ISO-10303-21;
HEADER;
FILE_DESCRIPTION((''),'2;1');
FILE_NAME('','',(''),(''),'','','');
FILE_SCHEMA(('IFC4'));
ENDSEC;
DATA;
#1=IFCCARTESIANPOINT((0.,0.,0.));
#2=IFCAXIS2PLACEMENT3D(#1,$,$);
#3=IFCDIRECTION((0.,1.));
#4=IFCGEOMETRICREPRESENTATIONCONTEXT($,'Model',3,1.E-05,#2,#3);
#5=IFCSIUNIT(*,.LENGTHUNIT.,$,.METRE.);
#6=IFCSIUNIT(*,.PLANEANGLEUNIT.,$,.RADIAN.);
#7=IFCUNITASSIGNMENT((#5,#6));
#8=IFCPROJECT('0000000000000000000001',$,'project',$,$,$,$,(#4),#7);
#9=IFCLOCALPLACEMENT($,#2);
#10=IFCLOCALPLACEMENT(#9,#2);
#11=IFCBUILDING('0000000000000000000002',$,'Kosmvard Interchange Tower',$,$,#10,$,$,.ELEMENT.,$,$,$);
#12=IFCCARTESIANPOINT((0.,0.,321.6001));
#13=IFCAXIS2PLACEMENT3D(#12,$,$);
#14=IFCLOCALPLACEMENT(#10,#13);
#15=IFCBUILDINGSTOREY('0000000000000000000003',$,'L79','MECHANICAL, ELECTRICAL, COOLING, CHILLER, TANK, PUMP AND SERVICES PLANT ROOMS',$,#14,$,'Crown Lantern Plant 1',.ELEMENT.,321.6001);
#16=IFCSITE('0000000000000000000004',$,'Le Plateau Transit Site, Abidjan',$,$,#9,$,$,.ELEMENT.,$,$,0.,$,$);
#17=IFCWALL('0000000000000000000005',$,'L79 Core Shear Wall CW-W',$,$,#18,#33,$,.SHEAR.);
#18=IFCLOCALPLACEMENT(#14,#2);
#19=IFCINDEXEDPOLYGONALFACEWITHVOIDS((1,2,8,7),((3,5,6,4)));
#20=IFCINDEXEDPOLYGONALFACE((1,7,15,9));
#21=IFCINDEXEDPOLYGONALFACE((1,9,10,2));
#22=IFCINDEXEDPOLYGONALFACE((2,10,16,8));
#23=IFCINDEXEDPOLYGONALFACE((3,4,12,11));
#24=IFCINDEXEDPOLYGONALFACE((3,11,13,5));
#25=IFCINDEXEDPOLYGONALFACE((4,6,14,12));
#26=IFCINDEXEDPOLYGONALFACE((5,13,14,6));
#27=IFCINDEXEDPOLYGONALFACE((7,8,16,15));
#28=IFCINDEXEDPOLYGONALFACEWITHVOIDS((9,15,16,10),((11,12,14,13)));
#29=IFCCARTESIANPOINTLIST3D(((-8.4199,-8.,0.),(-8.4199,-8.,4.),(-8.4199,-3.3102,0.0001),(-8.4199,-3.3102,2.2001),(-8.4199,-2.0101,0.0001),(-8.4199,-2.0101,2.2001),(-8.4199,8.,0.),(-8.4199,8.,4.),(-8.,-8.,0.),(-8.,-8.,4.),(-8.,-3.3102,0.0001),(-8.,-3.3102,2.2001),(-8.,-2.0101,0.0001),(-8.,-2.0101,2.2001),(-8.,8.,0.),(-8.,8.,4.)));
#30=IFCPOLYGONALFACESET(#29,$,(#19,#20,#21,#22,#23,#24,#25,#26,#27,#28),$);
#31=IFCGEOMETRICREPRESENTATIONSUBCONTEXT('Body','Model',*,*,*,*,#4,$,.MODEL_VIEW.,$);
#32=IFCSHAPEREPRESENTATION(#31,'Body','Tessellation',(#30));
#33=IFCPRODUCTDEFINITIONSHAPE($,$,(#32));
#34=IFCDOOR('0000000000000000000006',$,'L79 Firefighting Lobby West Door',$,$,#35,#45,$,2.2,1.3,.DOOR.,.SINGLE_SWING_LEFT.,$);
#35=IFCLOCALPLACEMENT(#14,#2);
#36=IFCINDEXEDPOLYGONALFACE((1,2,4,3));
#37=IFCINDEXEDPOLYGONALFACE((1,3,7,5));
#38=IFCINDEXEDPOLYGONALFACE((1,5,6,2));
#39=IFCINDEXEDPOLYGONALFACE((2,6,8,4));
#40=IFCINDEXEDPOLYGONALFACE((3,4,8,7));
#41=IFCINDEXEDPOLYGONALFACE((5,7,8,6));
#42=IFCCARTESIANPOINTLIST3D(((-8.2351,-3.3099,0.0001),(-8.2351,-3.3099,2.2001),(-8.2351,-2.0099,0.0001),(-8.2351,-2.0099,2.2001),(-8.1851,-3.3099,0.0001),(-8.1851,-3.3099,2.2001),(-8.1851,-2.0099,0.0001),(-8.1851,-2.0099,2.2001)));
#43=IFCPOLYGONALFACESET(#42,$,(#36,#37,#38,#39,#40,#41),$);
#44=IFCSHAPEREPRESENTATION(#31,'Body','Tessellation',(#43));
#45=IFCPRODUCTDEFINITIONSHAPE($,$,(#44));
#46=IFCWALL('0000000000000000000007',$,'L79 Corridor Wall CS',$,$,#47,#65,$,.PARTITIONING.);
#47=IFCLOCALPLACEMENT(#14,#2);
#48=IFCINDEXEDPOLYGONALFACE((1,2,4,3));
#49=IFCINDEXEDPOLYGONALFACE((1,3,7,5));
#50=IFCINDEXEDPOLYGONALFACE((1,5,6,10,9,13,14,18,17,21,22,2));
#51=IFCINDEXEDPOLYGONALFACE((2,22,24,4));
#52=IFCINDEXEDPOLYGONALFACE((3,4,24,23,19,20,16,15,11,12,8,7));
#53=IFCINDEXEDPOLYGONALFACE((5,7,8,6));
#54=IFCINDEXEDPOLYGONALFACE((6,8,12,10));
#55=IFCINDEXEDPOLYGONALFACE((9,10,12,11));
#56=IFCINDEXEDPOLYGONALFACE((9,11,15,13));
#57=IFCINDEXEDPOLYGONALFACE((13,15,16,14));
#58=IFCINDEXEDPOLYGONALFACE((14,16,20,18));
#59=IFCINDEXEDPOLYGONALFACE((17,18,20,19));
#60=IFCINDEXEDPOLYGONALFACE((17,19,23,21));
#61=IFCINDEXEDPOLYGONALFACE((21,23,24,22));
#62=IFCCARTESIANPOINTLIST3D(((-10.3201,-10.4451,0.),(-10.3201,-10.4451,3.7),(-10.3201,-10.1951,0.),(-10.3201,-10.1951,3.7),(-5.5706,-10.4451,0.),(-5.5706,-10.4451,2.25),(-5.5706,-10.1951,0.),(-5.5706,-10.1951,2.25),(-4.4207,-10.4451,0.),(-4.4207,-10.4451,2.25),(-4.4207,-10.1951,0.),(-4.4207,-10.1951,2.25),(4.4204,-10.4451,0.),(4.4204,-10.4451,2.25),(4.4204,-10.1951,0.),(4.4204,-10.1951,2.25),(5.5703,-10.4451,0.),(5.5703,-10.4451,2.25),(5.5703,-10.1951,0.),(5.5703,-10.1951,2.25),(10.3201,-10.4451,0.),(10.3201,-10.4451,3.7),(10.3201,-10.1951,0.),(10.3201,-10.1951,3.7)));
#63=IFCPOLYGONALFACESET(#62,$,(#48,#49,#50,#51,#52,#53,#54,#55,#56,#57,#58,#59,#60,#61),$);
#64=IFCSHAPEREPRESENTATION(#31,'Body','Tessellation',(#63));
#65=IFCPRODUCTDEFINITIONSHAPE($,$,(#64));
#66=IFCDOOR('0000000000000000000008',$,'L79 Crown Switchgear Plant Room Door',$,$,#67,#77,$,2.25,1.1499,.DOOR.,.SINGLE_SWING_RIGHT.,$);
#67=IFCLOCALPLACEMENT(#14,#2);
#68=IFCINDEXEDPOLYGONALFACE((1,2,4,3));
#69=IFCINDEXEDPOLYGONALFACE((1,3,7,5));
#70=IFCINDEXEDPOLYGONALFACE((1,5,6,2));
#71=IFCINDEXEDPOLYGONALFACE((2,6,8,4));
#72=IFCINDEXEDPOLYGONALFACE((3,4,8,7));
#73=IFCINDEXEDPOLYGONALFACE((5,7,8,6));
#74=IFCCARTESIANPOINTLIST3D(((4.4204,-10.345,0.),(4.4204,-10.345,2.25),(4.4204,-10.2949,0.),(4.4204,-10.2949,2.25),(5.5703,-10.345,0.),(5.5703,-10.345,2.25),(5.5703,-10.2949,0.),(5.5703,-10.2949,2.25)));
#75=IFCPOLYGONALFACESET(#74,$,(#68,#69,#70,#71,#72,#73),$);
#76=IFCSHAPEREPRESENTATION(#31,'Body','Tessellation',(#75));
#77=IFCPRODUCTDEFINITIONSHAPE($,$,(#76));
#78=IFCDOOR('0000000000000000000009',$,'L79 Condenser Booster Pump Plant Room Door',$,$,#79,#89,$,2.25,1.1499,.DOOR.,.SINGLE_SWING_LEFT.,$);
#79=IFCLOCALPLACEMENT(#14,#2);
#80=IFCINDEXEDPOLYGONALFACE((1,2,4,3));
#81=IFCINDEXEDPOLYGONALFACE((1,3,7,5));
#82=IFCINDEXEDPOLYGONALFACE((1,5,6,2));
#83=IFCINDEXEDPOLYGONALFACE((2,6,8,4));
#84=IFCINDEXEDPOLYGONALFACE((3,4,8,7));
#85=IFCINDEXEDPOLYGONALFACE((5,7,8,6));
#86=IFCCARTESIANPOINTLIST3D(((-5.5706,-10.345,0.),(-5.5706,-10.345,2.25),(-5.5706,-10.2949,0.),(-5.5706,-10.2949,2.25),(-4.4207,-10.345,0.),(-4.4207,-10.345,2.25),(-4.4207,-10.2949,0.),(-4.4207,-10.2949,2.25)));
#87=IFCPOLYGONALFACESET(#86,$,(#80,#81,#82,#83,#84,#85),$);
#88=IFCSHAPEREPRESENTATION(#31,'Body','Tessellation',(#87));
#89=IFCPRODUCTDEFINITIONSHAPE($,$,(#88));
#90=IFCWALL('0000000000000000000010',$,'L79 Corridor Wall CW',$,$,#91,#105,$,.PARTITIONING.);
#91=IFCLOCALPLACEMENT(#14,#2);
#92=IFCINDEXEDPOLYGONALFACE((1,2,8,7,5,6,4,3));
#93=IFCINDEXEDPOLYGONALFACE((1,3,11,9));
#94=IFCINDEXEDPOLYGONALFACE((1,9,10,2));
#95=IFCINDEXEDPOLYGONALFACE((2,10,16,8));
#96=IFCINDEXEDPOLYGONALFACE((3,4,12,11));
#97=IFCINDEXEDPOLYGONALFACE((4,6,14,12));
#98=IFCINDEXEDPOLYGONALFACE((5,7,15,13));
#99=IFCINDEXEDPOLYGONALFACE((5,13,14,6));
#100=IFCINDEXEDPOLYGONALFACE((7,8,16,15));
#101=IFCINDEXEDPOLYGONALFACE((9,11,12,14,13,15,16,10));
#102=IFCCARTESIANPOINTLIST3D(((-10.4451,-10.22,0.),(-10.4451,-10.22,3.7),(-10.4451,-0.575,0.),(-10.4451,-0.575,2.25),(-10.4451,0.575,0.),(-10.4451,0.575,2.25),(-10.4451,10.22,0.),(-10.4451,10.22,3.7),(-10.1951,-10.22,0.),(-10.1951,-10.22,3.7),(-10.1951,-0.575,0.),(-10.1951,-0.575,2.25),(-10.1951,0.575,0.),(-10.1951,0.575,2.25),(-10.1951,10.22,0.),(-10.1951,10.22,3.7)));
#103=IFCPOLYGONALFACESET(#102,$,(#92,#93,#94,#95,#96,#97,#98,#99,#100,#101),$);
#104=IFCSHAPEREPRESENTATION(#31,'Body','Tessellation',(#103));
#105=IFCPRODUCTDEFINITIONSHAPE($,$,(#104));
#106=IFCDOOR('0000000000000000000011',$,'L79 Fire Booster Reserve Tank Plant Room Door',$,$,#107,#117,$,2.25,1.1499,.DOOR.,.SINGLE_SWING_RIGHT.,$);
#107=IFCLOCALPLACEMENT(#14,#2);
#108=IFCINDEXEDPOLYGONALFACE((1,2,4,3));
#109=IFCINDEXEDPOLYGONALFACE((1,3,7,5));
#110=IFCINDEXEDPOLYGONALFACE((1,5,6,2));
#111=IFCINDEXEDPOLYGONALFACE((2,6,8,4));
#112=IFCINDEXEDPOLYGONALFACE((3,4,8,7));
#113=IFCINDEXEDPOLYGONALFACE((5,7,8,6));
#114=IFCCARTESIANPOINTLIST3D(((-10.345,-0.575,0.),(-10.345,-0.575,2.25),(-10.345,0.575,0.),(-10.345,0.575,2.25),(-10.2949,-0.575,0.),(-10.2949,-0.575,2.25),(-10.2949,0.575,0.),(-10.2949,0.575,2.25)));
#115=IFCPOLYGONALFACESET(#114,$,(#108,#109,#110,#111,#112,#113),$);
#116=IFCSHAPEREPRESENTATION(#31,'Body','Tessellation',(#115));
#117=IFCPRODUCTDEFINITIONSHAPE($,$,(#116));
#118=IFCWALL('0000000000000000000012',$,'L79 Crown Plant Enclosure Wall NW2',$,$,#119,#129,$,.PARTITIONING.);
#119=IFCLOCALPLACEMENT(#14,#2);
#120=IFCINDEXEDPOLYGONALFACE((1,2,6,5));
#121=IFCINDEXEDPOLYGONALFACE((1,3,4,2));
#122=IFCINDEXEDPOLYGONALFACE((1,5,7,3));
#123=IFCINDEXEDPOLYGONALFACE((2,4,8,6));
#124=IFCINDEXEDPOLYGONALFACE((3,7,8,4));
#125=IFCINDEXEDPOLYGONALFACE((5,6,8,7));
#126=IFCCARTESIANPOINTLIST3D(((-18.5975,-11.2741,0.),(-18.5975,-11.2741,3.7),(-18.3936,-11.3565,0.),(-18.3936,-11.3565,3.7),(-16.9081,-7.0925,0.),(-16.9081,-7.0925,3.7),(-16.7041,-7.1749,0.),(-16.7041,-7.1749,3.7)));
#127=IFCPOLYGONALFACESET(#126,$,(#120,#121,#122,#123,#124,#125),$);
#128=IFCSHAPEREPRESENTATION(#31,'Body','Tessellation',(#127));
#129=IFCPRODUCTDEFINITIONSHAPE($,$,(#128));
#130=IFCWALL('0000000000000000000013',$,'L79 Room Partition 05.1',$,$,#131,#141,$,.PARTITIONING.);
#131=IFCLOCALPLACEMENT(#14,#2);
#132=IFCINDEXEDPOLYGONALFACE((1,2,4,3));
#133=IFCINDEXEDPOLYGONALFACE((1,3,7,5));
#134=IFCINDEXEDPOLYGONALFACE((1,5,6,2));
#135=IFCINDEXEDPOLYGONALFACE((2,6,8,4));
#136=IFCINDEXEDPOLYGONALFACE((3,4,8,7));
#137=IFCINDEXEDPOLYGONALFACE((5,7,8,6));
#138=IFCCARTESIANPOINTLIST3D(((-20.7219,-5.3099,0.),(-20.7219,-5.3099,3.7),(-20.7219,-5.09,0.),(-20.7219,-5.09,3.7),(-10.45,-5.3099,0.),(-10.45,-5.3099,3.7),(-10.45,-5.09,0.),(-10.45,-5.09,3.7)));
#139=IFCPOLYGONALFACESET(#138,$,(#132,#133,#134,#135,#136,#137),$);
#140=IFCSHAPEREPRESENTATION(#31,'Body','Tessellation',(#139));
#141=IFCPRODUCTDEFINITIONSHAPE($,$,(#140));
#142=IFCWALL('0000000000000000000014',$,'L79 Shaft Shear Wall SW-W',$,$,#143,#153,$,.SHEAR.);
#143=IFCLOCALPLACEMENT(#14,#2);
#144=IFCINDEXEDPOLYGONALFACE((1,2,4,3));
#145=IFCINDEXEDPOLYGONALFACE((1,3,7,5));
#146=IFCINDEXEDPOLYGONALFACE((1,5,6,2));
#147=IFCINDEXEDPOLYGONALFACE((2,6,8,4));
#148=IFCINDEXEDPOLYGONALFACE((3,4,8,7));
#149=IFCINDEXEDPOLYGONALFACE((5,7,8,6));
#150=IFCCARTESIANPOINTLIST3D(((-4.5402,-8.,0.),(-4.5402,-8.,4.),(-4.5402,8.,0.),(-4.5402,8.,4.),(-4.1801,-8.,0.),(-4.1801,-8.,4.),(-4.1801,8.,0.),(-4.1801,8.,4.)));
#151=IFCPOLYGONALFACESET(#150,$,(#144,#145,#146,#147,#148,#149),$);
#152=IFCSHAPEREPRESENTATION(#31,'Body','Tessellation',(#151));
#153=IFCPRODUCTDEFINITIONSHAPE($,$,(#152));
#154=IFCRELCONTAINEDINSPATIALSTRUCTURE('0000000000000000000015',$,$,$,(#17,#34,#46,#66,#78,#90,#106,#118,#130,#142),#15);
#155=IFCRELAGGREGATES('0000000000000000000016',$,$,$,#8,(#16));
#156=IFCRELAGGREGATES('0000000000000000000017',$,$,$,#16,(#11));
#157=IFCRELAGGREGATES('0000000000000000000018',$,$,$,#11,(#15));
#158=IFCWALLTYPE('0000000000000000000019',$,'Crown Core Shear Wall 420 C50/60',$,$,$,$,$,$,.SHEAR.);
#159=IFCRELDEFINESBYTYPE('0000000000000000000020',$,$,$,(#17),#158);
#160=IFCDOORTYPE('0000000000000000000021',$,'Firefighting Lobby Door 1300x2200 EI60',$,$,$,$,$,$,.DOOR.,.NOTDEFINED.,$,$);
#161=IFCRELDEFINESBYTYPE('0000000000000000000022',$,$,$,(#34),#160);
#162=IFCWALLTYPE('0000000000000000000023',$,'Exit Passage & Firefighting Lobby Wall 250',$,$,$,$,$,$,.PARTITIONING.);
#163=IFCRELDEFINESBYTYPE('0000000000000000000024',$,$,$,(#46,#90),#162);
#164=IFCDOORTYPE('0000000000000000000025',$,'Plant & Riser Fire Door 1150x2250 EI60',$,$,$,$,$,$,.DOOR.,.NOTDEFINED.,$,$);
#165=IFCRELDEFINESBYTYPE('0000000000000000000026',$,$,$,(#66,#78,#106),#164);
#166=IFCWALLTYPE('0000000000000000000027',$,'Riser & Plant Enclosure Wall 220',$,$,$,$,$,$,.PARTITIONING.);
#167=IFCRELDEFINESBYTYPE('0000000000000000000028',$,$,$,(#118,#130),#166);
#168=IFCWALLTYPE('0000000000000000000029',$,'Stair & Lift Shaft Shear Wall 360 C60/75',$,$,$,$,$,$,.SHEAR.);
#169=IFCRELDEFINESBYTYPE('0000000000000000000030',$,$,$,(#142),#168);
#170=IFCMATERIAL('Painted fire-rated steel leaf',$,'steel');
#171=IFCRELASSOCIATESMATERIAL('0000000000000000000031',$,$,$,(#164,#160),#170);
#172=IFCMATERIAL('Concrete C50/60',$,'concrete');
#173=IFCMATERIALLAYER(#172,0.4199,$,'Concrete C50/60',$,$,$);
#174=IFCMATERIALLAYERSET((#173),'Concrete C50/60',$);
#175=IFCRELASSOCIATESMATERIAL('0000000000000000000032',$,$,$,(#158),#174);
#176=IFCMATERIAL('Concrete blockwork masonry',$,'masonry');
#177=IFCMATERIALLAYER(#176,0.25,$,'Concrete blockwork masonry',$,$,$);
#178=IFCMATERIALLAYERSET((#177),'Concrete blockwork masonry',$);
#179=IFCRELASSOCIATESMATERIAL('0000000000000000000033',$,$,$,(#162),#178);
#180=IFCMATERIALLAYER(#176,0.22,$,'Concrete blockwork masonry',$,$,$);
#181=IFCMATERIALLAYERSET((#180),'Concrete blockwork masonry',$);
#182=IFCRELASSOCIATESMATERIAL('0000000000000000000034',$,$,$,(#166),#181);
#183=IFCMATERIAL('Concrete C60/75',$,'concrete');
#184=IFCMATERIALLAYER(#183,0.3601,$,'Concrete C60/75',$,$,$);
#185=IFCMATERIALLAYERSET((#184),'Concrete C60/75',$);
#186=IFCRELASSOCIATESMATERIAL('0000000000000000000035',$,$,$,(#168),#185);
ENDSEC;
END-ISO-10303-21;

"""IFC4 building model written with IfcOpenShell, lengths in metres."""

from ifc_helpers import new_model, si_unit, direction, frame, frame_2d, origin, place, context, subcontext, project, spatial, rectangle, extrude, source, transform, mapped, material, layer, layer_set, type_object, element, fill, save


model = new_model("IFC4")

# Units and contexts
model_context = context("Model", 3, precision=1e-05, world=origin(), true_north=direction((0.0, 1.0)))
body_context = subcontext(model_context, "Body", "Model", "MODEL_VIEW")
ifc_project = project(units=[si_unit("LENGTHUNIT", "METRE"), si_unit("PLANEANGLEUNIT", "RADIAN")], contexts=[model_context])

# Site, building, storey
site_placement = place(None, origin())
site = spatial("IfcSite", under=ifc_project, at=site_placement, Name="Le Plateau Transit Site, Abidjan", CompositionType="ELEMENT", RefElevation=0.0)
building_placement = place(site_placement, origin())
building = spatial("IfcBuilding", under=site, at=building_placement, Name="Kosmvard Interchange Tower", CompositionType="ELEMENT")
storey_placement = place(building_placement, frame((0.0, 0.0, 321.6001)))
storey = spatial("IfcBuildingStorey", under=building, at=storey_placement, Name="L79", Description="MECHANICAL, ELECTRICAL, COOLING, CHILLER, TANK, PUMP AND SERVICES PLANT ROOMS", LongName="Crown Lantern Plant 1", CompositionType="ELEMENT", Elevation=321.6001)

# Shared definitions
ifc_material_1 = material(Name="Concrete C50/60", Category="concrete")

# Shared definitions
ifc_material_2 = material(Name="Concrete C60/75", Category="concrete")

# Wall, opening, door
ifc_material_3 = material(Name="Painted fire-rated steel leaf", Category="steel")
door_type_1 = type_object("IfcDoorType", Name="Plant & Riser Fire Door 1150x2250 EI60", OperationType="NOTDEFINED", PredefinedType="DOOR", material=ifc_material_3)
shared_shape_1 = source(origin(), body_context, "Body", "SweptSolid", [
    extrude(rectangle(XDim=1.1499, YDim=2.25, at=frame_2d((0.575, 1.125))), frame((0.0, 0.0249, 0.0), z_axis=(0.0, -1.0, 0.0), x_axis=(1.0, 0.0, 0.0)), (0.0, 0.0, 1.0), 0.05),
])
ifc_layer_1 = layer(ifc_material_1, 0.4199, Name="Concrete C50/60")
ifc_layer_set_1 = layer_set([ifc_layer_1], Name="Concrete C50/60")
wall_type_1 = type_object("IfcWallType", Name="Crown Core Shear Wall 420 C50/60", PredefinedType="SHEAR", material=ifc_layer_set_1)
door_type_2 = type_object("IfcDoorType", Name="Firefighting Lobby Door 1300x2200 EI60", OperationType="NOTDEFINED", PredefinedType="DOOR", material=ifc_material_3)
shared_shape_2 = source(origin(), body_context, "Body", "SweptSolid", [
    extrude(rectangle(XDim=1.3, YDim=2.2, at=frame_2d((0.6499, 1.1001))), frame((0.0, 0.0249, 0.0), z_axis=(0.0, -1.0, 0.0), x_axis=(1.0, 0.0, 0.0)), (0.0, 0.0, 1.0), 0.05),
])
wall_1_placement = place(storey_placement, frame((-8.21, -8.0, 0.0), z_axis=(0.0, 0.0, 1.0), x_axis=(0.0, 1.0, 0.0)))
wall_1 = element("IfcWall", 1, at=wall_1_placement, inside=storey, type_object=wall_type_1, Name="L79 Core Shear Wall CW-W", PredefinedType="SHEAR", context=body_context, shape_type="SweptSolid", body=[
    extrude(rectangle(XDim=16.0, YDim=0.4199, at=frame_2d((8.0, 0.0))), origin(), (0.0, 0.0, 1.0), 4.0),
])
opening_1_placement = place(wall_1_placement, frame((4.6899, 0.0, 0.0)))
opening_1 = element("IfcOpeningElement", 2, at=opening_1_placement, cuts=wall_1, PredefinedType="OPENING", context=body_context, shape_type="SweptSolid", body=[
    extrude(rectangle(XDim=1.3, YDim=2.2, at=frame_2d((0.6499, 1.1001))), frame((0.0, 0.22, 0.0), z_axis=(0.0, -1.0, 0.0), x_axis=(1.0, 0.0, 0.0)), (0.0, 0.0, 1.0), 0.4399),
])
door_1_placement = place(opening_1_placement, frame((1.3, 0.0, 0.0), z_axis=(0.0, 0.0, 1.0), x_axis=(-1.0, 0.0, 0.0)))
door_1 = element("IfcDoor", 3, at=door_1_placement, inside=storey, type_object=door_type_2, Name="L79 Firefighting Lobby West Door", OperationType="SINGLE_SWING_LEFT", OverallHeight=2.2, OverallWidth=1.3, PredefinedType="DOOR", context=body_context, shape_type="MappedRepresentation", body=[
    mapped(shared_shape_2, transform((0.0, 0.0, 0.0), scale=1.0)),
])
fill(opening_1, door_1)

# Wall, openings, doors
ifc_material_4 = material(Name="Concrete blockwork masonry", Category="masonry")
ifc_layer_2 = layer(ifc_material_4, 0.25, Name="Concrete blockwork masonry")
ifc_layer_set_2 = layer_set([ifc_layer_2], Name="Concrete blockwork masonry")
wall_type_2 = type_object("IfcWallType", Name="Exit Passage & Firefighting Lobby Wall 250", PredefinedType="PARTITIONING", material=ifc_layer_set_2)
wall_2_placement = place(storey_placement, frame((-10.3201, -10.3201, 0.0), z_axis=(0.0, 0.0, 1.0), x_axis=(1.0, 0.0, 0.0)))
wall_2 = element("IfcWall", 4, at=wall_2_placement, inside=storey, type_object=wall_type_2, Name="L79 Corridor Wall CS", PredefinedType="PARTITIONING", context=body_context, shape_type="SweptSolid", body=[
    extrude(rectangle(XDim=20.6401, YDim=0.25, at=frame_2d((10.3201, 0.0))), origin(), (0.0, 0.0, 1.0), 3.7),
])
opening_2_placement = place(wall_2_placement, frame((14.7405, 0.0, 0.0)))
opening_2 = element("IfcOpeningElement", 5, at=opening_2_placement, cuts=wall_2, PredefinedType="OPENING", context=body_context, shape_type="SweptSolid", body=[
    extrude(rectangle(XDim=1.1499, YDim=2.25, at=frame_2d((0.575, 1.125))), frame((0.0, 0.135, 0.0), z_axis=(0.0, -1.0, 0.0), x_axis=(1.0, 0.0, 0.0)), (0.0, 0.0, 1.0), 0.27),
])
opening_3_placement = place(wall_2_placement, frame((4.7495, 0.0, 0.0)))
opening_3 = element("IfcOpeningElement", 6, at=opening_3_placement, cuts=wall_2, PredefinedType="OPENING", context=body_context, shape_type="SweptSolid", body=[
    extrude(rectangle(XDim=1.1499, YDim=2.25, at=frame_2d((0.575, 1.125))), frame((0.0, 0.135, 0.0), z_axis=(0.0, -1.0, 0.0), x_axis=(1.0, 0.0, 0.0)), (0.0, 0.0, 1.0), 0.27),
])
door_2_placement = place(opening_2_placement, frame((1.1499, 0.0, 0.0), z_axis=(0.0, 0.0, 1.0), x_axis=(-1.0, 0.0, 0.0)))
door_2 = element("IfcDoor", 7, at=door_2_placement, inside=storey, type_object=door_type_1, Name="L79 Crown Switchgear Plant Room Door", OperationType="SINGLE_SWING_RIGHT", OverallHeight=2.25, OverallWidth=1.1499, PredefinedType="DOOR", context=body_context, shape_type="MappedRepresentation", body=[
    mapped(shared_shape_1, transform((0.0, 0.0, 0.0), scale=1.0)),
])
fill(opening_2, door_2)
door_3_placement = place(opening_3_placement, frame((1.1499, 0.0, 0.0), z_axis=(0.0, 0.0, 1.0), x_axis=(-1.0, 0.0, 0.0)))
door_3 = element("IfcDoor", 8, at=door_3_placement, inside=storey, type_object=door_type_1, Name="L79 Condenser Booster Pump Plant Room Door", OperationType="SINGLE_SWING_LEFT", OverallHeight=2.25, OverallWidth=1.1499, PredefinedType="DOOR", context=body_context, shape_type="MappedRepresentation", body=[
    mapped(shared_shape_1, transform((0.0, 0.0, 0.0), scale=1.0)),
])
fill(opening_3, door_3)

# Wall, opening, door
wall_3_placement = place(storey_placement, frame((-10.3201, -10.22, 0.0), z_axis=(0.0, 0.0, 1.0), x_axis=(0.0, 1.0, 0.0)))
wall_3 = element("IfcWall", 9, at=wall_3_placement, inside=storey, type_object=wall_type_2, Name="L79 Corridor Wall CW", PredefinedType="PARTITIONING", context=body_context, shape_type="SweptSolid", body=[
    extrude(rectangle(XDim=20.4399, YDim=0.25, at=frame_2d((10.22, 0.0))), origin(), (0.0, 0.0, 1.0), 3.7),
])
opening_4_placement = place(wall_3_placement, frame((9.645, 0.0, 0.0)))
opening_4 = element("IfcOpeningElement", 10, at=opening_4_placement, cuts=wall_3, PredefinedType="OPENING", context=body_context, shape_type="SweptSolid", body=[
    extrude(rectangle(XDim=1.1499, YDim=2.25, at=frame_2d((0.575, 1.125))), frame((0.0, 0.135, 0.0), z_axis=(0.0, -1.0, 0.0), x_axis=(1.0, 0.0, 0.0)), (0.0, 0.0, 1.0), 0.27),
])
door_4_placement = place(opening_4_placement, origin())
door_4 = element("IfcDoor", 11, at=door_4_placement, inside=storey, type_object=door_type_1, Name="L79 Fire Booster Reserve Tank Plant Room Door", OperationType="SINGLE_SWING_RIGHT", OverallHeight=2.25, OverallWidth=1.1499, PredefinedType="DOOR", context=body_context, shape_type="MappedRepresentation", body=[
    mapped(shared_shape_1, transform((0.0, 0.0, 0.0), scale=1.0)),
])
fill(opening_4, door_4)

# Walls
ifc_layer_3 = layer(ifc_material_4, 0.22, Name="Concrete blockwork masonry")
ifc_layer_set_3 = layer_set([ifc_layer_3], Name="Concrete blockwork masonry")
wall_type_3 = type_object("IfcWallType", Name="Riser & Plant Enclosure Wall 220", PredefinedType="PARTITIONING", material=ifc_layer_set_3)
wall_4_placement = place(storey_placement, frame((-16.8062, -7.1338, 0.0), z_axis=(0.0, 0.0, 1.0), x_axis=(-0.374599, -0.927187, 0.0)))
element("IfcWall", 12, at=wall_4_placement, inside=storey, type_object=wall_type_3, Name="L79 Crown Plant Enclosure Wall NW2", PredefinedType="PARTITIONING", context=body_context, shape_type="SweptSolid", body=[
    extrude(rectangle(XDim=4.51, YDim=0.22, at=frame_2d((2.2549, 0.0))), origin(), (0.0, 0.0, 1.0), 3.7),
])
wall_5_placement = place(storey_placement, frame((-10.45, -5.2, 0.0), z_axis=(0.0, 0.0, 1.0), x_axis=(-1.0, 0.0, 0.0)))
element("IfcWall", 13, at=wall_5_placement, inside=storey, type_object=wall_type_3, Name="L79 Room Partition 05.1", PredefinedType="PARTITIONING", context=body_context, shape_type="SweptSolid", body=[
    extrude(rectangle(XDim=10.272, YDim=0.22, at=frame_2d((5.136, 0.0))), origin(), (0.0, 0.0, 1.0), 3.7),
])
ifc_layer_4 = layer(ifc_material_2, 0.3601, Name="Concrete C60/75")
ifc_layer_set_4 = layer_set([ifc_layer_4], Name="Concrete C60/75")
wall_type_4 = type_object("IfcWallType", Name="Stair & Lift Shaft Shear Wall 360 C60/75", PredefinedType="SHEAR", material=ifc_layer_set_4)
wall_6_placement = place(storey_placement, frame((-4.3601, -8.0, 0.0), z_axis=(0.0, 0.0, 1.0), x_axis=(0.0, 1.0, 0.0)))
element("IfcWall", 14, at=wall_6_placement, inside=storey, type_object=wall_type_4, Name="L79 Shaft Shear Wall SW-W", PredefinedType="SHEAR", context=body_context, shape_type="SweptSolid", body=[
    extrude(rectangle(XDim=16.0, YDim=0.3601, at=frame_2d((8.0, 0.0))), origin(), (0.0, 0.0, 1.0), 4.0),
])

save(model, "model.ifc")
